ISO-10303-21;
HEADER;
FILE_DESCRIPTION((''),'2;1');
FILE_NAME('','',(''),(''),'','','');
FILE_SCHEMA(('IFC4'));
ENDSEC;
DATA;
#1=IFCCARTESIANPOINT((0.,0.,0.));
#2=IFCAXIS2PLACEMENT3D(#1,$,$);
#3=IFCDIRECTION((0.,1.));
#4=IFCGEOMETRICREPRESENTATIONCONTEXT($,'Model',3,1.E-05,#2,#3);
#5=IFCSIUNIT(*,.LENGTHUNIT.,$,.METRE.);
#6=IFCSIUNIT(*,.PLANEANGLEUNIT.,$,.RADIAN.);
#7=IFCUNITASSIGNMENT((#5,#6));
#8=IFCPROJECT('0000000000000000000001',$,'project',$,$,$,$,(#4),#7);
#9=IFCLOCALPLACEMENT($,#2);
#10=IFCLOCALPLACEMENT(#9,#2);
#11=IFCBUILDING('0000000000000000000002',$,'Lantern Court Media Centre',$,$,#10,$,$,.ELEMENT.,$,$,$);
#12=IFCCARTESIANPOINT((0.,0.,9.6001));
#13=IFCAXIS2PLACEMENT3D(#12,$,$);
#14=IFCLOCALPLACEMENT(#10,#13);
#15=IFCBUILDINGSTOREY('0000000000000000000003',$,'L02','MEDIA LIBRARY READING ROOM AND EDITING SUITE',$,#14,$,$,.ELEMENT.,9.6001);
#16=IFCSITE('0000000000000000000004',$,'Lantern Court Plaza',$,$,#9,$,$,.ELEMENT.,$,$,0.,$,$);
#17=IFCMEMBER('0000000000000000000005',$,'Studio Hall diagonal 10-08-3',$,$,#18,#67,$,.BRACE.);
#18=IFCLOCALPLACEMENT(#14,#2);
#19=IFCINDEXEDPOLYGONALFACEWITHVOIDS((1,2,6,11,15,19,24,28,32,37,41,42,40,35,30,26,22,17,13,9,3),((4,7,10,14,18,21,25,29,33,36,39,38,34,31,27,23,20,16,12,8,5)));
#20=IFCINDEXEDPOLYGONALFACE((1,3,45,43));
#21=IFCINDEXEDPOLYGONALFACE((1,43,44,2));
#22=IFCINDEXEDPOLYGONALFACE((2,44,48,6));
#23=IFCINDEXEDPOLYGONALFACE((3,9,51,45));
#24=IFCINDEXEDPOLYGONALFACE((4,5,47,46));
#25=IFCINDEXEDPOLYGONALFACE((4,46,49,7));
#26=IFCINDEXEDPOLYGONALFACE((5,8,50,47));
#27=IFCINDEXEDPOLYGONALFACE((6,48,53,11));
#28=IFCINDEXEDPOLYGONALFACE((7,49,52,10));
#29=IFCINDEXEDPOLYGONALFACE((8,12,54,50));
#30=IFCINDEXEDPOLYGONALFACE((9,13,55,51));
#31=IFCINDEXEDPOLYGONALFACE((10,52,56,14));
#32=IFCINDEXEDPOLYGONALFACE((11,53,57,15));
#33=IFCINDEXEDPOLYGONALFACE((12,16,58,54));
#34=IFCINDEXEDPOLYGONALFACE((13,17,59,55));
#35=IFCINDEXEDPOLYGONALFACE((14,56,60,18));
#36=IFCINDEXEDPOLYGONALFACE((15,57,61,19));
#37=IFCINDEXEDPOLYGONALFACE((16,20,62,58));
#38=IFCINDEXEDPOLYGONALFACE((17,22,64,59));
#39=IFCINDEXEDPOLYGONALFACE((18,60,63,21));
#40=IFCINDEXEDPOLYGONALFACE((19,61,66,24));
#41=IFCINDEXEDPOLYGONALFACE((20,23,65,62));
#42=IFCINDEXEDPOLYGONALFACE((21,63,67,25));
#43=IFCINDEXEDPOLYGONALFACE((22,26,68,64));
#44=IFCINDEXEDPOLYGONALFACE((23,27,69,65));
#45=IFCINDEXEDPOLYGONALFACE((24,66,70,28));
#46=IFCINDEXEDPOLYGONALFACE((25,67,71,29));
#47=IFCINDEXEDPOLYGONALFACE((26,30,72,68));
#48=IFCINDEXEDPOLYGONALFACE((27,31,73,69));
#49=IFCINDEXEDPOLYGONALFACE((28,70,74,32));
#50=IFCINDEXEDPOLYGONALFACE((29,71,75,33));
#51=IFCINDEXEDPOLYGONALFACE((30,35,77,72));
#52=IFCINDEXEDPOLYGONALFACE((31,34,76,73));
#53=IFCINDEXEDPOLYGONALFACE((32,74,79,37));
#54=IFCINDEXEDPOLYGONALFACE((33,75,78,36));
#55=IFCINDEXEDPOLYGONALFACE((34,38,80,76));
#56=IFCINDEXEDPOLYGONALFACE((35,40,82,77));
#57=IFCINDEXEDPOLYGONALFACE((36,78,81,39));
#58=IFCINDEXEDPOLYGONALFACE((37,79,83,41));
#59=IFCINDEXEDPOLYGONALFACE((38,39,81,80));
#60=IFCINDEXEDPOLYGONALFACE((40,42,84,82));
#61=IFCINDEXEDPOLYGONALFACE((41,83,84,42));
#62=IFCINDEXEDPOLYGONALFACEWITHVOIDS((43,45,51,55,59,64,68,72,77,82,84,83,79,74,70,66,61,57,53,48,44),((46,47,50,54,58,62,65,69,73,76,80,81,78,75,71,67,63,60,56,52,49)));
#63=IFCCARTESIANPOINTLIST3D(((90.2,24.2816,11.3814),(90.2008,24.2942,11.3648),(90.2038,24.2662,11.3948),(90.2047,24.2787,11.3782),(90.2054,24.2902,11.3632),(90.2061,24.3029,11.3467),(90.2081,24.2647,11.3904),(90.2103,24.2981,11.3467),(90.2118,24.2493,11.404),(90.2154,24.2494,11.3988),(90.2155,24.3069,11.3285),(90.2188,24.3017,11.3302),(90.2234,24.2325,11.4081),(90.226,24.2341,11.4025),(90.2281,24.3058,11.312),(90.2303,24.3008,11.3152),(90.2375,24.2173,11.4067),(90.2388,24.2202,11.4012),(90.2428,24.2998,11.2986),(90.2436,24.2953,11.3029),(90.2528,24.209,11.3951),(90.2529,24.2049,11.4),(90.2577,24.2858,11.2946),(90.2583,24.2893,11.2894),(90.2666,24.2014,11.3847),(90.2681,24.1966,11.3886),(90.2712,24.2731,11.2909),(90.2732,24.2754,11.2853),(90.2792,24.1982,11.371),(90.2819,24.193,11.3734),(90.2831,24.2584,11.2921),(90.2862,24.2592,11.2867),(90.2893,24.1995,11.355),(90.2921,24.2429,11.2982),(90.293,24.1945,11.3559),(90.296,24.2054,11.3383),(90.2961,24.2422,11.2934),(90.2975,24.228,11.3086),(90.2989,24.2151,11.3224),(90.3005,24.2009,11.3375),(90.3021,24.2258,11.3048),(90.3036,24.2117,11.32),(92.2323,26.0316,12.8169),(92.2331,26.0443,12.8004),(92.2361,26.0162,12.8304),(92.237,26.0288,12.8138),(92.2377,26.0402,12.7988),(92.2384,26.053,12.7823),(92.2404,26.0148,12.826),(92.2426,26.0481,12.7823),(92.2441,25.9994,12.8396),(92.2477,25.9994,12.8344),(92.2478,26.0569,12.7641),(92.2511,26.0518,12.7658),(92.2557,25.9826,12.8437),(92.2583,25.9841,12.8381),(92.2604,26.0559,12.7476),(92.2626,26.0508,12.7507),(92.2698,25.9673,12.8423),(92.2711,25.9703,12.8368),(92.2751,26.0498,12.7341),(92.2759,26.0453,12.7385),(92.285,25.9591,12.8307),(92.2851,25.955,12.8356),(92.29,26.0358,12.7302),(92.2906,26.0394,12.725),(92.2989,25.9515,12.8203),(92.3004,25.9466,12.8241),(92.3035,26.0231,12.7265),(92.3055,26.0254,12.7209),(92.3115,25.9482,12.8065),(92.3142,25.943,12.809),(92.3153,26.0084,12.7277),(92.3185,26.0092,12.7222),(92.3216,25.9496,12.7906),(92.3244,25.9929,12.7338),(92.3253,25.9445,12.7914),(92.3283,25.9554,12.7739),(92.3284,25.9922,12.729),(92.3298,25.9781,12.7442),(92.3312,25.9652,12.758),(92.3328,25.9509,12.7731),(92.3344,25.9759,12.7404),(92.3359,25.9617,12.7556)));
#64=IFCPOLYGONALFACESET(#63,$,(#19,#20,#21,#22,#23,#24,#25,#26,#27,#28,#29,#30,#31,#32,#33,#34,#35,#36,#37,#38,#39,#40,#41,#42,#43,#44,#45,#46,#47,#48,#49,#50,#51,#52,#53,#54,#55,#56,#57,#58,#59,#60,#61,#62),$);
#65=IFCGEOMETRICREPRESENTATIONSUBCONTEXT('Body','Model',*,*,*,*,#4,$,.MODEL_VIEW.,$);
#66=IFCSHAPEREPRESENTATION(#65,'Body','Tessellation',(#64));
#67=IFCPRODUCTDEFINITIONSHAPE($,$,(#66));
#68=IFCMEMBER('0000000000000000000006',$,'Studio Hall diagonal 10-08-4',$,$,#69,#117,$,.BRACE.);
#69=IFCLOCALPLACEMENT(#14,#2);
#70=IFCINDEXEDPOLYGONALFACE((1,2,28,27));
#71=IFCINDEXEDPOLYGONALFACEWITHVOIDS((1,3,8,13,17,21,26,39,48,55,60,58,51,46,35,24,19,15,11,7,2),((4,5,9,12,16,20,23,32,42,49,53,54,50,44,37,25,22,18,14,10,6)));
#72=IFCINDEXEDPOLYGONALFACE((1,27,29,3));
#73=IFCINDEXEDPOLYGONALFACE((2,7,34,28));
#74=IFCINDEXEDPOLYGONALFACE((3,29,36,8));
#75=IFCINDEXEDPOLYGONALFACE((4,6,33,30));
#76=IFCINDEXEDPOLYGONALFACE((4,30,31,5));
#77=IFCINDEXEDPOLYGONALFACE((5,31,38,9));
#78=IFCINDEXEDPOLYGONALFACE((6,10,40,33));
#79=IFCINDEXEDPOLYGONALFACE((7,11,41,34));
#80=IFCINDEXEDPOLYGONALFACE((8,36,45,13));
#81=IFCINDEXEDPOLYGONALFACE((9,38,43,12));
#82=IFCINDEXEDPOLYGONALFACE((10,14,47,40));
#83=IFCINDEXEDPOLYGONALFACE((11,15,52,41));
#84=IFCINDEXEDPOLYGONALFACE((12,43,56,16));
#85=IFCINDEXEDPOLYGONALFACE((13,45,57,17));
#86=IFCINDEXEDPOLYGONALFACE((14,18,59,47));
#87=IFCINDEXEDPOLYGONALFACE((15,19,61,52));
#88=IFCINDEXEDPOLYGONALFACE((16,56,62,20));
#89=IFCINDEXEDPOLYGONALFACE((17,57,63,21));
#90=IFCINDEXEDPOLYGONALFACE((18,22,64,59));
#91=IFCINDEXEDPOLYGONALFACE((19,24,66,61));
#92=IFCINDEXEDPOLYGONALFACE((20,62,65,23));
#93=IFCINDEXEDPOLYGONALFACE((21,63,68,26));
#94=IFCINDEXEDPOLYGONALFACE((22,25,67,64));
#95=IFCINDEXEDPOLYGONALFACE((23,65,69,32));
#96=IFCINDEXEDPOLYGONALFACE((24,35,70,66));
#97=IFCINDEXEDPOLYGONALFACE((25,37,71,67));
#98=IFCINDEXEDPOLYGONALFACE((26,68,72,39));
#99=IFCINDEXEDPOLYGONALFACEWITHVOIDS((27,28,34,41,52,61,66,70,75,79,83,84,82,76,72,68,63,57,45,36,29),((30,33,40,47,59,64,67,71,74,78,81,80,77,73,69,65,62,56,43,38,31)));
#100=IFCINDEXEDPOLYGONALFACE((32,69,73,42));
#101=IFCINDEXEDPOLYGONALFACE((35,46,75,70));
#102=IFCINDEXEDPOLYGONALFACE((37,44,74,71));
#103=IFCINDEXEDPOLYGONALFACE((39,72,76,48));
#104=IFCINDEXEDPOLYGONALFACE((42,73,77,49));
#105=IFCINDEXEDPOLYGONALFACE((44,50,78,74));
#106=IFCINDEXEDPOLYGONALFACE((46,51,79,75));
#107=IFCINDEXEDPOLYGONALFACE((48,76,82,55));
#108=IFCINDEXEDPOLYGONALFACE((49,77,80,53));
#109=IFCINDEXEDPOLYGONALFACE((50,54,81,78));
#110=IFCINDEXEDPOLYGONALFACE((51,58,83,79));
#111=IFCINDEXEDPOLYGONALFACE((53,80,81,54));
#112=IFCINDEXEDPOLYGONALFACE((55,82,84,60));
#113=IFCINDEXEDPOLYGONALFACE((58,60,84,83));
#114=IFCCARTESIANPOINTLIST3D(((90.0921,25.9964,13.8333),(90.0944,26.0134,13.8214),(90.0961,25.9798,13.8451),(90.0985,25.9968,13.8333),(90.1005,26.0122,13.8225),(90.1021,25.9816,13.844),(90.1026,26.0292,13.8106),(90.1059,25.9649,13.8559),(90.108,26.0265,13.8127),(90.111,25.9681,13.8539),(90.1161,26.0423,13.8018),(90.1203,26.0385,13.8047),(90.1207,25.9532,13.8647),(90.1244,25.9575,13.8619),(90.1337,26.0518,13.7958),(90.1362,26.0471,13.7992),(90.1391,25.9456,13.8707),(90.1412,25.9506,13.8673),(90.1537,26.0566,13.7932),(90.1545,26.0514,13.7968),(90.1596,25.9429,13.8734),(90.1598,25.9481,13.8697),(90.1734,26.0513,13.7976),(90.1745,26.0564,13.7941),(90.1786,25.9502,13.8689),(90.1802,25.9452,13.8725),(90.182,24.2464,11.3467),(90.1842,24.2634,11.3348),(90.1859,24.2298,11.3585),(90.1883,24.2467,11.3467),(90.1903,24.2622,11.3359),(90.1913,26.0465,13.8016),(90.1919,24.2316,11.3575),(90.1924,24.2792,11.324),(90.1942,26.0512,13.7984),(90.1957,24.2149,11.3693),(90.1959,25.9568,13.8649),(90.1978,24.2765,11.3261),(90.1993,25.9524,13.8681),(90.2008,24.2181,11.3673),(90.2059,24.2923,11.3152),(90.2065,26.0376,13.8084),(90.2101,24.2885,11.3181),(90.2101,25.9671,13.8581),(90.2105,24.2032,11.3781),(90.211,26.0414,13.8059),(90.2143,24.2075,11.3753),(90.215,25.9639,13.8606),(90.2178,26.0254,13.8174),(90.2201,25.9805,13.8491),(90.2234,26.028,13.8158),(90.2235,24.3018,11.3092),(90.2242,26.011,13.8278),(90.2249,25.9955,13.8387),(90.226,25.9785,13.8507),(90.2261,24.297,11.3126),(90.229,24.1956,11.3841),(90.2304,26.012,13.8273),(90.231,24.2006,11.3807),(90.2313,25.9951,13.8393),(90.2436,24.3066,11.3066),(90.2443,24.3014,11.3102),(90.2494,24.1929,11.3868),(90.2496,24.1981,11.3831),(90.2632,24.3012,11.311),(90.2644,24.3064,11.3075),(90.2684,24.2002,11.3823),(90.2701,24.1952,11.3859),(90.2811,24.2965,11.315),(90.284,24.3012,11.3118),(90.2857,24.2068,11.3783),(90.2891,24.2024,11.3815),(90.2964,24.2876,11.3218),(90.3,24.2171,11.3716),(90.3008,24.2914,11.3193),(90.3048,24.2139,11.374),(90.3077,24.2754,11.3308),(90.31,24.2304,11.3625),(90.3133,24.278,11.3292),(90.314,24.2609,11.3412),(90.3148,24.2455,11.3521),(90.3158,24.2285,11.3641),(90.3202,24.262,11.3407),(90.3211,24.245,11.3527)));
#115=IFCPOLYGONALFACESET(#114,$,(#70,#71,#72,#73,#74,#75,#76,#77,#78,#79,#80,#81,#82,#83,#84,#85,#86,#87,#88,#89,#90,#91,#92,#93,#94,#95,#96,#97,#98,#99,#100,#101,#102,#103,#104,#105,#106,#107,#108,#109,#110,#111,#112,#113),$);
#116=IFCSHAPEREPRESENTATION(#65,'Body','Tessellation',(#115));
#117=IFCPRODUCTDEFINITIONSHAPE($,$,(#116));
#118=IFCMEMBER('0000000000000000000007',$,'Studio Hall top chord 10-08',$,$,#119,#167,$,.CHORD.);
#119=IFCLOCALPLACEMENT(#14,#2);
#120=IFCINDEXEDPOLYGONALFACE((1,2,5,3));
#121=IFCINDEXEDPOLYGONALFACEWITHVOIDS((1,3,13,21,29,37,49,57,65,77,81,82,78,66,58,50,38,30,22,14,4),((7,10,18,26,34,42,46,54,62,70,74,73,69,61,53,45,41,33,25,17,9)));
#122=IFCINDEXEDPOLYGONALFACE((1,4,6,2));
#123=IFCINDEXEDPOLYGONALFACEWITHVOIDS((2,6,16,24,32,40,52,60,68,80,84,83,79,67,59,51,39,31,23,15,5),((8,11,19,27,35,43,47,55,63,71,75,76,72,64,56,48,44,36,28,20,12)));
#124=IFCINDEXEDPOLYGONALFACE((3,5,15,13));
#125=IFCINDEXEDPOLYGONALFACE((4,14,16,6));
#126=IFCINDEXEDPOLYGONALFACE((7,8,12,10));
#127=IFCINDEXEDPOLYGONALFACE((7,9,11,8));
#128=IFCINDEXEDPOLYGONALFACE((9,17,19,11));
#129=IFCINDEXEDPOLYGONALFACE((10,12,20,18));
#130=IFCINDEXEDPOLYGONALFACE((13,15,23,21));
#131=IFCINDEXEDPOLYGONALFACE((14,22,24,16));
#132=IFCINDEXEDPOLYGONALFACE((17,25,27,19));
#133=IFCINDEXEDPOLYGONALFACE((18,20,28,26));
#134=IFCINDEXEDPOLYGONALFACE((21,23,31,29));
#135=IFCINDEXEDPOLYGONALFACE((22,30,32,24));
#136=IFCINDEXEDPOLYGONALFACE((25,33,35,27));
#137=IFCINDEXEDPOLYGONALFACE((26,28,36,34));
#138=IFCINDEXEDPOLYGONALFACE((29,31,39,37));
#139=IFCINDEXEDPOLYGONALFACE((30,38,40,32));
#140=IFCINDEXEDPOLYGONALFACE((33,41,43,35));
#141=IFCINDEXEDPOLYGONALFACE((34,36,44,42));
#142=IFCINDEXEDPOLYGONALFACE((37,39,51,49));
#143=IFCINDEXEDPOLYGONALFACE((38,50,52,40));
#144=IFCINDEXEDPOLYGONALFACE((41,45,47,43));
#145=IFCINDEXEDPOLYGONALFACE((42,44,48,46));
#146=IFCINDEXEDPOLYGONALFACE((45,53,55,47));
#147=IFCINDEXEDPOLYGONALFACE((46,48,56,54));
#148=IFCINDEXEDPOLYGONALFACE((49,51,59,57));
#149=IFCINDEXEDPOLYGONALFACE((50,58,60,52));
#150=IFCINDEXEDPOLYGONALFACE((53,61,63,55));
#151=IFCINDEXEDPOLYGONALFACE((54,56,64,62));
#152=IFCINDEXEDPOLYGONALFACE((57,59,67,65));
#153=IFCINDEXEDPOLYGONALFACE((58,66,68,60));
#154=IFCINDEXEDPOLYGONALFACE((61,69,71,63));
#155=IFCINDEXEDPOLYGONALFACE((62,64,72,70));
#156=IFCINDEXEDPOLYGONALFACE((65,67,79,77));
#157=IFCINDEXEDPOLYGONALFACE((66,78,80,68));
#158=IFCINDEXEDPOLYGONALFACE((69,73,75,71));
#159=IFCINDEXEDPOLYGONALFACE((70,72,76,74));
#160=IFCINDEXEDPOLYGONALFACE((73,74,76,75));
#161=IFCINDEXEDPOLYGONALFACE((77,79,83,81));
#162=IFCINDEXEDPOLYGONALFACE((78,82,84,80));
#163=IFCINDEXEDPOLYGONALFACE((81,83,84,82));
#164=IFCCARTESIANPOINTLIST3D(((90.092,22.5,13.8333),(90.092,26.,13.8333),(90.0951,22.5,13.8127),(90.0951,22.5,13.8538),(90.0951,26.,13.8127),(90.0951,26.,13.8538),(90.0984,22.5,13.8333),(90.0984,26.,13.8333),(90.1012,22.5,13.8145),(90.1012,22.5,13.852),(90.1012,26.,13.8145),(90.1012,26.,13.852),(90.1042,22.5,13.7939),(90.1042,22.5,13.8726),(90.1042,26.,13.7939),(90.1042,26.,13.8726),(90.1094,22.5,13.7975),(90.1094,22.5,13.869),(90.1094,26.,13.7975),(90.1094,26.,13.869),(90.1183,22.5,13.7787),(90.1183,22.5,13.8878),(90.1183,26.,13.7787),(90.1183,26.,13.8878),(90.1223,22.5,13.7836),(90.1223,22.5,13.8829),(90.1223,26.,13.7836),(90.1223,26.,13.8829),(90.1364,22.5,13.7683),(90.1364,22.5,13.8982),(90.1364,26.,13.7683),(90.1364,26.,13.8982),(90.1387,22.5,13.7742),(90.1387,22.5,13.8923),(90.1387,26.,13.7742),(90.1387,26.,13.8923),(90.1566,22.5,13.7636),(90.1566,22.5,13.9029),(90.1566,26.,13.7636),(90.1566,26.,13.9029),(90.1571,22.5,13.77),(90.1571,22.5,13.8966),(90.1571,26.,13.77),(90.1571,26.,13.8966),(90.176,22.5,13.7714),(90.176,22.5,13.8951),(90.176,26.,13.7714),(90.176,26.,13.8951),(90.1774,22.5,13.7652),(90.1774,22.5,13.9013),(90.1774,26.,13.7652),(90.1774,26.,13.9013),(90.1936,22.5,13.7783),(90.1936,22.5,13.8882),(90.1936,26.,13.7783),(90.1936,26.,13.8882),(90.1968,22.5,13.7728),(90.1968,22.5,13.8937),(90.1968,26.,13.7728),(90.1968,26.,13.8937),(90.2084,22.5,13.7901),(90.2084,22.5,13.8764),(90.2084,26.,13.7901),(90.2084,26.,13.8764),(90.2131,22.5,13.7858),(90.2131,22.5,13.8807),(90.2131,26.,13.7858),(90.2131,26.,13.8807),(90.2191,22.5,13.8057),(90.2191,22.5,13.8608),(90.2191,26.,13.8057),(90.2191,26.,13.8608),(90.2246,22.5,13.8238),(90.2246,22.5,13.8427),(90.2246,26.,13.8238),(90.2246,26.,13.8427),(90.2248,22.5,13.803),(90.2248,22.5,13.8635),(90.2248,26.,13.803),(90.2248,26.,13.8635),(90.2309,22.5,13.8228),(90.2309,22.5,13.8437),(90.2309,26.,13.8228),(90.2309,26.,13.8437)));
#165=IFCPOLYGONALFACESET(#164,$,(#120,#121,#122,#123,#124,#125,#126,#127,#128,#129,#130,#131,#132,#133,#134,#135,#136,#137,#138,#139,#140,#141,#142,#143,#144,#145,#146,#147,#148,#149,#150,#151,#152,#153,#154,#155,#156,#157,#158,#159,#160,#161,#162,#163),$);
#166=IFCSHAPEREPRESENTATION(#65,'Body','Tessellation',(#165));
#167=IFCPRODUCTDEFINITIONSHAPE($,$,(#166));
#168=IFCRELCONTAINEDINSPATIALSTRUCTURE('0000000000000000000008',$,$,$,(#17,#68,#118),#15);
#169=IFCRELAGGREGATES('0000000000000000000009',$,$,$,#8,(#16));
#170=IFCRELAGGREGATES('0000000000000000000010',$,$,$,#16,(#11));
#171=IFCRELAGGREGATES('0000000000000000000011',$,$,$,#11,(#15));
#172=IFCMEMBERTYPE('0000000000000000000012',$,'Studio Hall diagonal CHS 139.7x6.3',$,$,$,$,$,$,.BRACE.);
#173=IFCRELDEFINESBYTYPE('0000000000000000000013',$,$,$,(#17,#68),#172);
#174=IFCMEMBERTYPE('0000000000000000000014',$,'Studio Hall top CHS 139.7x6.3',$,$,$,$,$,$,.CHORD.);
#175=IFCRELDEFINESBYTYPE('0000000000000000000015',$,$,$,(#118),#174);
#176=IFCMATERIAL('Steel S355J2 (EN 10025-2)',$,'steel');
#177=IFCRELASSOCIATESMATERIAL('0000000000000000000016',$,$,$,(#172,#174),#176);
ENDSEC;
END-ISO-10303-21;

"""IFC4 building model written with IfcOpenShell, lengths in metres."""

from ifc_helpers import new_model, si_unit, direction, frame, origin, origin_2d, place, context, subcontext, project, spatial, hollow_circle, extrude, material, material_profile, profile_set, type_object, element, save


model = new_model("IFC4")

# Units and contexts
model_context = context("Model", 3, precision=1e-05, world=origin(), true_north=direction((0.0, 1.0)))
body_context = subcontext(model_context, "Body", "Model", "MODEL_VIEW")
ifc_project = project(units=[si_unit("LENGTHUNIT", "METRE"), si_unit("PLANEANGLEUNIT", "RADIAN")], contexts=[model_context])

# Site, building, storey
site_placement = place(None, origin())
site = spatial("IfcSite", under=ifc_project, at=site_placement, Name="Lantern Court Plaza", CompositionType="ELEMENT", RefElevation=0.0)
building_placement = place(site_placement, origin())
building = spatial("IfcBuilding", under=site, at=building_placement, Name="Lantern Court Media Centre", CompositionType="ELEMENT")
storey_placement = place(building_placement, frame((0.0, 0.0, 9.6001)))
storey = spatial("IfcBuildingStorey", under=building, at=storey_placement, Name="L02", Description="MEDIA LIBRARY READING ROOM AND EDITING SUITE", CompositionType="ELEMENT", Elevation=9.6001)

# Members
ifc_material = material(Name="Steel S355J2 (EN 10025-2)", Category="steel")
ifc_material_profile_1 = material_profile(ifc_material, hollow_circle(Radius=0.0698, WallThickness=0.0063, at=origin_2d()), Name="Studio Hall diagonal CHS 139.7x6.3")
ifc_profile_set_1 = profile_set([ifc_material_profile_1], Name="Steel S355J2 (EN 10025-2)")
member_type_1 = type_object("IfcMemberType", Name="Studio Hall diagonal CHS 139.7x6.3", PredefinedType="BRACE", material=ifc_profile_set_1)
for number, where, z_axis, x_axis, name in (
    (1, (90.2517, 24.25, 11.3467), (0.668075, 0.575296, 0.471922), (-0.652529, 0.757764, 0.0), "Studio Hall diagonal 10-08-3"),
    (2, (90.2517, 24.25, 11.3467), (-0.029535, 0.575284, 0.81742), (-0.998685, -0.051272, 0.0), "Studio Hall diagonal 10-08-4"),
):
    element("IfcMember", number, at=place(storey_placement, frame(where, z_axis=z_axis, x_axis=x_axis)), inside=storey, type_object=member_type_1, Name=name, PredefinedType="BRACE", context=body_context, shape_type="SweptSolid", body=[
        extrude(hollow_circle(Radius=0.0698, WallThickness=0.0063, at=origin_2d()), origin(), (0.0, 0.0, 1.0), 3.042),
    ])
ifc_material_profile_2 = material_profile(ifc_material, hollow_circle(Radius=0.0698, WallThickness=0.0063, at=origin_2d()), Name="Studio Hall top CHS 139.7x6.3")
ifc_profile_set_2 = profile_set([ifc_material_profile_2], Name="Steel S355J2 (EN 10025-2)")
member_type_2 = type_object("IfcMemberType", Name="Studio Hall top CHS 139.7x6.3", PredefinedType="CHORD", material=ifc_profile_set_2)
for number, where, z_axis, x_axis, name in (
    (3, (90.1619, 22.5, 13.8333), (0.0, 1.0, 0.0), (-1.0, 0.0, 0.0), "Studio Hall top chord 10-08"),
):
    element("IfcMember", number, at=place(storey_placement, frame(where, z_axis=z_axis, x_axis=x_axis)), inside=storey, type_object=member_type_2, Name=name, PredefinedType="CHORD", context=body_context, shape_type="SweptSolid", body=[
        extrude(hollow_circle(Radius=0.0698, WallThickness=0.0063, at=origin_2d()), origin(), (0.0, 0.0, 1.0), 3.5),
    ])

save(model, "model.ifc")
